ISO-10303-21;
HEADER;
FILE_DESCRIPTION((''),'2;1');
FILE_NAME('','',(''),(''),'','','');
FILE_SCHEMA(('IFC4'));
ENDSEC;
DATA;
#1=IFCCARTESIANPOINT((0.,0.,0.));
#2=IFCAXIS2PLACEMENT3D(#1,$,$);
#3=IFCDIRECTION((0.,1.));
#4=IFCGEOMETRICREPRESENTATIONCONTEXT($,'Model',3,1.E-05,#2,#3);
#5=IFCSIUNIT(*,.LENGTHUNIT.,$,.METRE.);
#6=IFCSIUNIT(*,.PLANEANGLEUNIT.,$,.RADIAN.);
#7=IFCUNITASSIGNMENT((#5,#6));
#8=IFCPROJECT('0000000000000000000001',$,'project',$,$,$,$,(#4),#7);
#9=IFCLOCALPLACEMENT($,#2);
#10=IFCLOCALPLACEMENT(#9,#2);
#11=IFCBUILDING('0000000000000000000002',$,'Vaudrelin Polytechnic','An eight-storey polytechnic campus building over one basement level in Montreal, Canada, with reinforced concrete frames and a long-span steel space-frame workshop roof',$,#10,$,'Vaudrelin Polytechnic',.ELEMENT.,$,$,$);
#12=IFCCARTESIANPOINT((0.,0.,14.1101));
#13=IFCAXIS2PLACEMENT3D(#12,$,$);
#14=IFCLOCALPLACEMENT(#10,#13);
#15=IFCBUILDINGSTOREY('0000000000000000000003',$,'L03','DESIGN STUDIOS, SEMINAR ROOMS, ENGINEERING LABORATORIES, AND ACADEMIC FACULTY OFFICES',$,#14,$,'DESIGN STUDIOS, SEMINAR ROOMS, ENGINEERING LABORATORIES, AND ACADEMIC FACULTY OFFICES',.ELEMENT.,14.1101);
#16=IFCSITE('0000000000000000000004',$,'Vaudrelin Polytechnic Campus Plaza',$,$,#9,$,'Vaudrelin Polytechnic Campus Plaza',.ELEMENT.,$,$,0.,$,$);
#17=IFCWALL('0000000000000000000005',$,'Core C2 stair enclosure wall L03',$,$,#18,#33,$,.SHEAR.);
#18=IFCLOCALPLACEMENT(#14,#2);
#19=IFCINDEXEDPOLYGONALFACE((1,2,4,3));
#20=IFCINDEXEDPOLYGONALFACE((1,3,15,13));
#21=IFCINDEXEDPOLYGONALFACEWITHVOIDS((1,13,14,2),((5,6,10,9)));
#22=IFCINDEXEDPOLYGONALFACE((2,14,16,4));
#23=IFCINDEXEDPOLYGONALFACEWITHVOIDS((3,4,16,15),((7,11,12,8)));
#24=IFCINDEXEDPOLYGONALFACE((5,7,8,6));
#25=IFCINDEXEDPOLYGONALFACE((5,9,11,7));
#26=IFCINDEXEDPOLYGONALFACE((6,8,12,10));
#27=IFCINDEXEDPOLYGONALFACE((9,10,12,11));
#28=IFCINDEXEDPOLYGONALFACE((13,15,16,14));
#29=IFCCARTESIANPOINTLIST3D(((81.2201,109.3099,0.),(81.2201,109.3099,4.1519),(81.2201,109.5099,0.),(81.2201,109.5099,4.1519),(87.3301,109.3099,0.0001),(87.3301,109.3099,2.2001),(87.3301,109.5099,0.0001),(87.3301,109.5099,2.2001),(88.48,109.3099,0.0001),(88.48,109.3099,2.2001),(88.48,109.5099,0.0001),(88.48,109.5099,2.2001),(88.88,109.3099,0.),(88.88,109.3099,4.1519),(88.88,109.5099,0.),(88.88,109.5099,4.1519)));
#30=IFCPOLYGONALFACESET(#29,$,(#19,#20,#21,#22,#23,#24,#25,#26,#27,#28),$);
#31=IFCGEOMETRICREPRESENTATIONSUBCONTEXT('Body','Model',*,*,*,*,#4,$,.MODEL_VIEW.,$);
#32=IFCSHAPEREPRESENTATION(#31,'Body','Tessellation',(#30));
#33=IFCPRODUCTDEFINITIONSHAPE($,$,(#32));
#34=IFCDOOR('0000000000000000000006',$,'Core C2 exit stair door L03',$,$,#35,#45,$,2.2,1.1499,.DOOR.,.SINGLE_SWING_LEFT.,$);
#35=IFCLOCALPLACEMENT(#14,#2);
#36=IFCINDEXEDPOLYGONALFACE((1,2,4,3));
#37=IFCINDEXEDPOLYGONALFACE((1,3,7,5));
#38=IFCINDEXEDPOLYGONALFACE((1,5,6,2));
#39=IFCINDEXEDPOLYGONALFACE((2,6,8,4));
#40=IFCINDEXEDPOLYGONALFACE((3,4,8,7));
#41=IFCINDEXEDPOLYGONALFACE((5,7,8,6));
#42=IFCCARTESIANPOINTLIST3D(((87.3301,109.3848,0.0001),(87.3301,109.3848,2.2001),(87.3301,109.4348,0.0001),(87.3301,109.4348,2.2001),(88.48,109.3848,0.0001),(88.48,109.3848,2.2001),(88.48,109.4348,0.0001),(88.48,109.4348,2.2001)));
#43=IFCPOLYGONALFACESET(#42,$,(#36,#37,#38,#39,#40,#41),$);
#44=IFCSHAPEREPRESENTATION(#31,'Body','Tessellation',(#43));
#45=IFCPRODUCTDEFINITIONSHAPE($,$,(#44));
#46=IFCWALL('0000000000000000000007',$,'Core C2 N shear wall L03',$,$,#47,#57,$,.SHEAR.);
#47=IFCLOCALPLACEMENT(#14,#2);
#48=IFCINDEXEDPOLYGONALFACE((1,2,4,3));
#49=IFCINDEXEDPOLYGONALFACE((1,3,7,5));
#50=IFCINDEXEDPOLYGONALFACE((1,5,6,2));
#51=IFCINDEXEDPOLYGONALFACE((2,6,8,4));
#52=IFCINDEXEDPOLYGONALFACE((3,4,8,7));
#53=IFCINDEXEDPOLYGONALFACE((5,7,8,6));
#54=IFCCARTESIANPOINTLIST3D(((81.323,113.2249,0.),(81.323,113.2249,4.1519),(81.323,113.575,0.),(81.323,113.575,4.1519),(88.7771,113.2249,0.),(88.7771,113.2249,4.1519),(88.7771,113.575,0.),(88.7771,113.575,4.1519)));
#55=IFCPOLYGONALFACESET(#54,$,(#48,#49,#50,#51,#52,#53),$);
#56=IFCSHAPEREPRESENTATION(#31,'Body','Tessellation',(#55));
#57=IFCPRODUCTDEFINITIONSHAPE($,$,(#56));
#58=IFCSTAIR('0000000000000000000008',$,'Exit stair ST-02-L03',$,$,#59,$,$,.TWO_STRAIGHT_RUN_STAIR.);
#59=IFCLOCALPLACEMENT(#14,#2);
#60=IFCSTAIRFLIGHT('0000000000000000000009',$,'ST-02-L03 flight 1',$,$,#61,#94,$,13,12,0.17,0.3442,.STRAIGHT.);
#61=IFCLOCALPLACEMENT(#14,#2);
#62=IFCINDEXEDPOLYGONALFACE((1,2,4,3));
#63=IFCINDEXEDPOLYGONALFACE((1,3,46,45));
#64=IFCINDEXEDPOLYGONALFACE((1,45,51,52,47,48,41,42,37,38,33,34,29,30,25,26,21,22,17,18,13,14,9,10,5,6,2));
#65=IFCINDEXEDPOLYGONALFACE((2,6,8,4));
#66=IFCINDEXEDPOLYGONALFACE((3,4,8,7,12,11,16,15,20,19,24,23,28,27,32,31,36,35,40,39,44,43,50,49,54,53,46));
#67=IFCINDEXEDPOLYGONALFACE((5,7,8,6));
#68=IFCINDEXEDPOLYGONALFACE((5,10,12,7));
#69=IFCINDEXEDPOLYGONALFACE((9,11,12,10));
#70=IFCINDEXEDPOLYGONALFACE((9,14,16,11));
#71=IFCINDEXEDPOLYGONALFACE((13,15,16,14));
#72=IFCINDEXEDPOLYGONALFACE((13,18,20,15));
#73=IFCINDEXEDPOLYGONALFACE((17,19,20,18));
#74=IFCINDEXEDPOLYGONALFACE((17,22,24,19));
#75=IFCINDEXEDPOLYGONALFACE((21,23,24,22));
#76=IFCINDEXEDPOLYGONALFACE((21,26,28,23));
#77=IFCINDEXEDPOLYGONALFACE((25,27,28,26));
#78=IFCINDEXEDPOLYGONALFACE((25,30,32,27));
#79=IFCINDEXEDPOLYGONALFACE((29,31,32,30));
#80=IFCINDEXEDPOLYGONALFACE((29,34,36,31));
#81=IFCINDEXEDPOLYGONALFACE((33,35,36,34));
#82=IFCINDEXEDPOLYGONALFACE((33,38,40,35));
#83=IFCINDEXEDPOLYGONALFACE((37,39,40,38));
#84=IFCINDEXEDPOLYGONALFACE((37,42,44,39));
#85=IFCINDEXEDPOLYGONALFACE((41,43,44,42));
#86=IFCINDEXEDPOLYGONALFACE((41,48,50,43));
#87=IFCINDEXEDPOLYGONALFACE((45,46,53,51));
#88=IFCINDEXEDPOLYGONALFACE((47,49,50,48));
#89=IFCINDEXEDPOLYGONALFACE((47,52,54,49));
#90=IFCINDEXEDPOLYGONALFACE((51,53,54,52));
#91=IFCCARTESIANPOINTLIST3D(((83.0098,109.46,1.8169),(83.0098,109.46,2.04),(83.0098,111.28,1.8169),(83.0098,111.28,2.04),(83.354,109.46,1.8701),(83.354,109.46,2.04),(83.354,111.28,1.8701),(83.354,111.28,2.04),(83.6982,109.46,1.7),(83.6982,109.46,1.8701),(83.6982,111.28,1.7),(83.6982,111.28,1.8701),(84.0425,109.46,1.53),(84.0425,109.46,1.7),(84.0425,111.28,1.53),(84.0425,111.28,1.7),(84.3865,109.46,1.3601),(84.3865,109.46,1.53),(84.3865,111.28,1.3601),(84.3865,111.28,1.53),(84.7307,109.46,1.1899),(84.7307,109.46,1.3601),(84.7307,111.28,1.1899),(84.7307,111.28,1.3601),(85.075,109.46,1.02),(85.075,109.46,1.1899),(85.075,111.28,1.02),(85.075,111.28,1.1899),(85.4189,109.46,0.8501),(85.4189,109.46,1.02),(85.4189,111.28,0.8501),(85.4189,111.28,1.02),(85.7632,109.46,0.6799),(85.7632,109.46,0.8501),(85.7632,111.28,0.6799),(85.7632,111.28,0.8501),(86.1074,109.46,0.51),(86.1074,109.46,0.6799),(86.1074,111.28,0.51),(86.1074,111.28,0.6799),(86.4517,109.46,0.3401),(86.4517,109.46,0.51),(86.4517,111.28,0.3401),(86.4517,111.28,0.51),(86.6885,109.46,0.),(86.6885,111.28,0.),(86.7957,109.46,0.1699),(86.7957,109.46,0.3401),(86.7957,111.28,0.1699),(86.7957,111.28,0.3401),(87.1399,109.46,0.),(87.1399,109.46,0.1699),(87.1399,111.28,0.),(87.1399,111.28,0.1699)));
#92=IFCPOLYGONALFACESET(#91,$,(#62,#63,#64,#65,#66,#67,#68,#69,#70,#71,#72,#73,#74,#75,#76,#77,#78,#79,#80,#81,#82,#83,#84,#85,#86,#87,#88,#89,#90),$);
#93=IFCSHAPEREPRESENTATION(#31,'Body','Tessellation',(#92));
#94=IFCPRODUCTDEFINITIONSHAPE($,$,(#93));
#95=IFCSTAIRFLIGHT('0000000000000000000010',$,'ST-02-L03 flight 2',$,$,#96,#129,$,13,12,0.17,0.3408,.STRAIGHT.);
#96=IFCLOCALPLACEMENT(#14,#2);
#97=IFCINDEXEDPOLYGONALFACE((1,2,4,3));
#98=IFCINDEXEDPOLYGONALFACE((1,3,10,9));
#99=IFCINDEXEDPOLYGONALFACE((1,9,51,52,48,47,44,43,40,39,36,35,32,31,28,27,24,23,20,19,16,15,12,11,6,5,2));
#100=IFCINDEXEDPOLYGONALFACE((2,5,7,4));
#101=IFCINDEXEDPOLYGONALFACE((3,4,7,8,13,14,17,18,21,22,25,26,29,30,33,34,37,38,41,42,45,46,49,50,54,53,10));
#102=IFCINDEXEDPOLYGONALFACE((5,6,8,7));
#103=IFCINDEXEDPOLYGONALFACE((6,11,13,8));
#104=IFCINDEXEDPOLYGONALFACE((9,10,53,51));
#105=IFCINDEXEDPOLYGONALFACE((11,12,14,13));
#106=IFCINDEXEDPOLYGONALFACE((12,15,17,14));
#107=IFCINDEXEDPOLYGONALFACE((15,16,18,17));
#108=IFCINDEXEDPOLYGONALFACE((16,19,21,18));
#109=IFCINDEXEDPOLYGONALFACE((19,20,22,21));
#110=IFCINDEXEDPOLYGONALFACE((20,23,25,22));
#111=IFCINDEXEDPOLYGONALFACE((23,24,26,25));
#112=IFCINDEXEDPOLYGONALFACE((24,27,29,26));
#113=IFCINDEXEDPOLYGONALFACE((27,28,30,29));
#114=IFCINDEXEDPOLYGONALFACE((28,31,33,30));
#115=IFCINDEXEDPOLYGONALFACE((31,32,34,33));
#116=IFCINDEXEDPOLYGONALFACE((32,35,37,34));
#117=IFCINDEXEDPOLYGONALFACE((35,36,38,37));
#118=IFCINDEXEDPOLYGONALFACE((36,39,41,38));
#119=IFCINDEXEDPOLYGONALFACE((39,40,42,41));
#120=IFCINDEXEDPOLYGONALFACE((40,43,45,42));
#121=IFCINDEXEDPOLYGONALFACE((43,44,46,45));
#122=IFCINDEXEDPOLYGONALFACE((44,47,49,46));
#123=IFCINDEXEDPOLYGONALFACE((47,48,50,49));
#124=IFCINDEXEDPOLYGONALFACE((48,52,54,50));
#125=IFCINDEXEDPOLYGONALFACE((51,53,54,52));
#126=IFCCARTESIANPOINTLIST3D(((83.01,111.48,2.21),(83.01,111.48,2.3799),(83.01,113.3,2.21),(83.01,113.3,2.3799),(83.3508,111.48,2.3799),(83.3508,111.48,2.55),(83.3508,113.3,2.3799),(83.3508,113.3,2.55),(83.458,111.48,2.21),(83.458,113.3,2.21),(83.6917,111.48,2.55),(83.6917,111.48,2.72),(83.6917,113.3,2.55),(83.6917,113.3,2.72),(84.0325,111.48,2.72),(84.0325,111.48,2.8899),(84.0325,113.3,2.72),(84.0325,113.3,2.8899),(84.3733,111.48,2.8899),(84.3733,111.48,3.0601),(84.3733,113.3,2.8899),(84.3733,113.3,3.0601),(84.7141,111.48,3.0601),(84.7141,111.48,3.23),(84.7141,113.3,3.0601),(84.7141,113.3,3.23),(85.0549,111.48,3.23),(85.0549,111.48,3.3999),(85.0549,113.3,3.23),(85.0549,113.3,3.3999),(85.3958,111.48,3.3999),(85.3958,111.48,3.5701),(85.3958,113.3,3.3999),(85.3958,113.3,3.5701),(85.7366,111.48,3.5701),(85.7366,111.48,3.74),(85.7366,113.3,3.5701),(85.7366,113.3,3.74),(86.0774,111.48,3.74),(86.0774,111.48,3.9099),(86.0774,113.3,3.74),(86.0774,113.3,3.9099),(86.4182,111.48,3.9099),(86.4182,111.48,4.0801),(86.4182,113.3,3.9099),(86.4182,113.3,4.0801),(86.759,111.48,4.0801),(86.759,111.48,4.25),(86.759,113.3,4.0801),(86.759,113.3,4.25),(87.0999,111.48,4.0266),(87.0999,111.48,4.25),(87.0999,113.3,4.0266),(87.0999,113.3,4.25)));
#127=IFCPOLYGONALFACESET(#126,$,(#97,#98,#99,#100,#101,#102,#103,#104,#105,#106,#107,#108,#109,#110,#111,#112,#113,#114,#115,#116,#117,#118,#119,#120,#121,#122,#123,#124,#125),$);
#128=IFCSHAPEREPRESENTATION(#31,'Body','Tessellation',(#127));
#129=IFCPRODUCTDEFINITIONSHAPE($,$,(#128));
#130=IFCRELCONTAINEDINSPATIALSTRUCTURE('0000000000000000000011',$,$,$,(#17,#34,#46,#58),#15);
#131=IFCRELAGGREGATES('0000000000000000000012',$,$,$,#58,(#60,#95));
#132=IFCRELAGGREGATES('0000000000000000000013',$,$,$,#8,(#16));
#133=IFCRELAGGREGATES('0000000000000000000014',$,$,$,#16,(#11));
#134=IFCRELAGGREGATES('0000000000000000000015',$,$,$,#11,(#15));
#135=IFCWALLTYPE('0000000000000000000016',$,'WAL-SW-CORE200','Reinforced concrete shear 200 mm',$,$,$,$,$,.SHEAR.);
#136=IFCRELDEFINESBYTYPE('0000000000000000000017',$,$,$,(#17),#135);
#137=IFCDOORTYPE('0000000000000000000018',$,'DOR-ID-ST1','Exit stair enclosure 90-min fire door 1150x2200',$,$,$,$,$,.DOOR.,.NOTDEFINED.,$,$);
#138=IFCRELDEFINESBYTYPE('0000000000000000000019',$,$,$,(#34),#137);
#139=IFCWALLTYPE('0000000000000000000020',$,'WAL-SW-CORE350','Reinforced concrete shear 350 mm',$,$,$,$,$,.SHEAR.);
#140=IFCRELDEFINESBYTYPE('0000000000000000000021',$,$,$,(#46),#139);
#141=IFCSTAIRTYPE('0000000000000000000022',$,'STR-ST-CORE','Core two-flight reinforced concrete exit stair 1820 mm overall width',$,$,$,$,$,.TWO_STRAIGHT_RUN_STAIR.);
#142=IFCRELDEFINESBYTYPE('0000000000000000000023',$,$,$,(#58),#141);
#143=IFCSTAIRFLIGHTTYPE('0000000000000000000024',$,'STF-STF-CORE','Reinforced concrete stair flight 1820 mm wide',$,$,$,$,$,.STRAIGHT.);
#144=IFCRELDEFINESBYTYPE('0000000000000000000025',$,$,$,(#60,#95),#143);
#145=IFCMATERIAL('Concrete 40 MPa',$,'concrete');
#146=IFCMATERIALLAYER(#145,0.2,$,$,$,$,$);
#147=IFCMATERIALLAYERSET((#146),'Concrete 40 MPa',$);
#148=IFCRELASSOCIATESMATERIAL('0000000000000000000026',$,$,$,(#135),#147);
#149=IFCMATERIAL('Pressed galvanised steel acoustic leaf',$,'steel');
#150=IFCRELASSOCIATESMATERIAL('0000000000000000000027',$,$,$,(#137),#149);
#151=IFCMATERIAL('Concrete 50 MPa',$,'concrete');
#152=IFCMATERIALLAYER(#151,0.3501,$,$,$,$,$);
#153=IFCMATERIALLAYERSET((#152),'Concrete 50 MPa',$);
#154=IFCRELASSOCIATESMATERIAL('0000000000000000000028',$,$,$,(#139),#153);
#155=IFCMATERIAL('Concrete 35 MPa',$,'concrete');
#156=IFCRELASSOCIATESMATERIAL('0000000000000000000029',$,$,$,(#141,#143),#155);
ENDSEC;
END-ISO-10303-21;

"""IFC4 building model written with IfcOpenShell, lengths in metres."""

from ifc_helpers import new_model, si_unit, direction, frame, frame_2d, origin, place, context, subcontext, project, spatial, polyline, rectangle, outline, extrude, material, layer, layer_set, type_object, element, fill, aggregate, save


model = new_model("IFC4")

# Units and contexts
model_context = context("Model", 3, precision=1e-05, world=origin(), true_north=direction((0.0, 1.0)))
body_context = subcontext(model_context, "Body", "Model", "MODEL_VIEW")
ifc_project = project(units=[si_unit("LENGTHUNIT", "METRE"), si_unit("PLANEANGLEUNIT", "RADIAN")], contexts=[model_context])

# Site, building, storey
site_placement = place(None, origin())
site = spatial("IfcSite", under=ifc_project, at=site_placement, Name="Vaudrelin Polytechnic Campus Plaza", LongName="Vaudrelin Polytechnic Campus Plaza", CompositionType="ELEMENT", RefElevation=0.0)
building_placement = place(site_placement, origin())
building = spatial("IfcBuilding", under=site, at=building_placement, Name="Vaudrelin Polytechnic", Description="An eight-storey polytechnic campus building over one basement level in Montreal, Canada, with reinforced concrete frames and a long-span steel space-frame workshop roof", LongName="Vaudrelin Polytechnic", CompositionType="ELEMENT")
storey_placement = place(building_placement, frame((0.0, 0.0, 14.1101)))
storey = spatial("IfcBuildingStorey", under=building, at=storey_placement, Name="L03", Description="DESIGN STUDIOS, SEMINAR ROOMS, ENGINEERING LABORATORIES, AND ACADEMIC FACULTY OFFICES", LongName="DESIGN STUDIOS, SEMINAR ROOMS, ENGINEERING LABORATORIES, AND ACADEMIC FACULTY OFFICES", CompositionType="ELEMENT", Elevation=14.1101)

# Shared definitions
ifc_material_1 = material(Name="Concrete 40 MPa", Category="concrete")

# Wall, opening, door
ifc_material_2 = material(Name="Pressed galvanised steel acoustic leaf", Category="steel")
ifc_layer_1 = layer(ifc_material_1, 0.2)
ifc_layer_set_1 = layer_set([ifc_layer_1], Name="Concrete 40 MPa")
wall_type_1 = type_object("IfcWallType", Name="WAL-SW-CORE200", Description="Reinforced concrete shear 200 mm", PredefinedType="SHEAR", material=ifc_layer_set_1)
wall_1_placement = place(storey_placement, frame((81.22, 109.4099, 0.0), z_axis=(0.0, 0.0, 1.0), x_axis=(1.0, 0.0, 0.0)))
wall_1 = element("IfcWall", 1, at=wall_1_placement, inside=storey, type_object=wall_type_1, Name="Core C2 stair enclosure wall L03", PredefinedType="SHEAR", context=body_context, shape_type="SweptSolid", body=[
    extrude(rectangle(XDim=7.6599, YDim=0.2, at=frame_2d((3.8301, 0.0))), origin(), (0.0, 0.0, 1.0), 4.1519),
])
opening_1_placement = place(wall_1_placement, frame((6.1101, 0.0, 0.0)))
opening_1 = element("IfcOpeningElement", 2, at=opening_1_placement, cuts=wall_1, PredefinedType="OPENING", context=body_context, shape_type="SweptSolid", body=[
    extrude(rectangle(XDim=1.1499, YDim=2.2, at=frame_2d((0.575, 1.1001))), frame((0.0, 0.1099, 0.0), z_axis=(0.0, -1.0, 0.0), x_axis=(1.0, 0.0, 0.0)), (0.0, 0.0, 1.0), 0.22),
])
door_type_1 = type_object("IfcDoorType", Name="DOR-ID-ST1", Description="Exit stair enclosure 90-min fire door 1150x2200", OperationType="NOTDEFINED", PredefinedType="DOOR", material=ifc_material_2)
door_1_placement = place(opening_1_placement, origin())
door_1 = element("IfcDoor", 3, at=door_1_placement, inside=storey, type_object=door_type_1, Name="Core C2 exit stair door L03", OperationType="SINGLE_SWING_LEFT", OverallHeight=2.2, OverallWidth=1.1499, PredefinedType="DOOR", context=body_context, shape_type="SweptSolid", body=[
    extrude(rectangle(XDim=1.1499, YDim=2.2, at=frame_2d((0.575, 1.1001))), frame((0.0, 0.0249, 0.0), z_axis=(0.0, -1.0, 0.0), x_axis=(1.0, 0.0, 0.0)), (0.0, 0.0, 1.0), 0.05),
])
fill(opening_1, door_1)

# Wall
ifc_material_3 = material(Name="Concrete 50 MPa", Category="concrete")
ifc_layer_2 = layer(ifc_material_3, 0.3501)
ifc_layer_set_2 = layer_set([ifc_layer_2], Name="Concrete 50 MPa")
wall_type_2 = type_object("IfcWallType", Name="WAL-SW-CORE350", Description="Reinforced concrete shear 350 mm", PredefinedType="SHEAR", material=ifc_layer_set_2)
wall_2_placement = place(storey_placement, frame((81.323, 113.3999, 0.0), z_axis=(0.0, 0.0, 1.0), x_axis=(1.0, 0.0, 0.0)))
element("IfcWall", 4, at=wall_2_placement, inside=storey, type_object=wall_type_2, Name="Core C2 N shear wall L03", PredefinedType="SHEAR", context=body_context, shape_type="SweptSolid", body=[
    extrude(rectangle(XDim=7.4541, YDim=0.3501, at=frame_2d((3.7271, 0.0))), origin(), (0.0, 0.0, 1.0), 4.1519),
])

# Stair, stair flights
ifc_material_4 = material(Name="Concrete 35 MPa", Category="concrete")
stair_type = type_object("IfcStairType", Name="STR-ST-CORE", Description="Core two-flight reinforced concrete exit stair 1820 mm overall width", PredefinedType="TWO_STRAIGHT_RUN_STAIR", material=ifc_material_4)
stair_placement = place(storey_placement, origin())
stair = element("IfcStair", 5, at=stair_placement, inside=storey, type_object=stair_type, Name="Exit stair ST-02-L03", PredefinedType="TWO_STRAIGHT_RUN_STAIR")
stair_flight_type = type_object("IfcStairFlightType", Name="STF-STF-CORE", Description="Reinforced concrete stair flight 1820 mm wide", PredefinedType="STRAIGHT", material=ifc_material_4)
stair_flight_1_placement = place(storey_placement, frame((87.1399, 110.3701, 0.0), z_axis=(0.0, 0.0, 1.0), x_axis=(-1.0, 0.0, 0.0)))
stair_flight_1 = element("IfcStairFlight", 6, at=stair_flight_1_placement, type_object=stair_flight_type, Name="ST-02-L03 flight 1", NumberOfRisers=13, NumberOfTreads=12, PredefinedType="STRAIGHT", RiserHeight=0.17, TreadLength=0.3442, context=body_context, shape_type="SweptSolid", body=[
    extrude(outline(polyline([(0.0, 0.0), (0.0, 0.1699), (0.3442, 0.1699), (0.3442, 0.3401), (0.6882, 0.3401), (0.6882, 0.51), (1.0325, 0.51), (1.0325, 0.6799), (1.3767, 0.6799), (1.3767, 0.8501), (1.7209, 0.8501), (1.7209, 1.02), (2.0649, 1.02), (2.0649, 1.1899), (2.4092, 1.1899), (2.4092, 1.3601), (2.7534, 1.3601), (2.7534, 1.53), (3.0974, 1.53), (3.0974, 1.7), (3.4417, 1.7), (3.4417, 1.8701), (3.7859, 1.8701), (3.7859, 2.04), (4.1301, 2.04), (4.1301, 2.21), (4.1301, 1.8169), (0.4514, 0.0), (0.0, 0.0)])), frame((0.0, 0.9102, 0.0), z_axis=(0.0, -1.0, 0.0), x_axis=(1.0, 0.0, 0.0)), (0.0, 0.0, 1.0), 1.8201),
])
stair_flight_2_placement = place(storey_placement, frame((83.01, 112.3899, 2.21), z_axis=(0.0, 0.0, 1.0), x_axis=(1.0, 0.0, 0.0)))
stair_flight_2 = element("IfcStairFlight", 7, at=stair_flight_2_placement, type_object=stair_flight_type, Name="ST-02-L03 flight 2", NumberOfRisers=13, NumberOfTreads=12, PredefinedType="STRAIGHT", RiserHeight=0.17, TreadLength=0.3408, context=body_context, shape_type="SweptSolid", body=[
    extrude(outline(polyline([(0.0, 0.0), (0.0, 0.1699), (0.3408, 0.1699), (0.3408, 0.3401), (0.6816, 0.3401), (0.6816, 0.51), (1.0225, 0.51), (1.0225, 0.6799), (1.3633, 0.6799), (1.3633, 0.8501), (1.7041, 0.8501), (1.7041, 1.02), (2.0449, 1.02), (2.0449, 1.1899), (2.3857, 1.1899), (2.3857, 1.3601), (2.7266, 1.3601), (2.7266, 1.53), (3.0674, 1.53), (3.0674, 1.7), (3.4082, 1.7), (3.4082, 1.8701), (3.749, 1.8701), (3.749, 2.04), (4.0898, 2.04), (4.0898, 2.21), (4.0898, 1.8167), (0.448, 0.0), (0.0, 0.0)])), frame((0.0, 0.9102, 0.0), z_axis=(0.0, -1.0, 0.0), x_axis=(1.0, 0.0, 0.0)), (0.0, 0.0, 1.0), 1.8201),
])
aggregate(stair, [stair_flight_1, stair_flight_2])

save(model, "model.ifc")
